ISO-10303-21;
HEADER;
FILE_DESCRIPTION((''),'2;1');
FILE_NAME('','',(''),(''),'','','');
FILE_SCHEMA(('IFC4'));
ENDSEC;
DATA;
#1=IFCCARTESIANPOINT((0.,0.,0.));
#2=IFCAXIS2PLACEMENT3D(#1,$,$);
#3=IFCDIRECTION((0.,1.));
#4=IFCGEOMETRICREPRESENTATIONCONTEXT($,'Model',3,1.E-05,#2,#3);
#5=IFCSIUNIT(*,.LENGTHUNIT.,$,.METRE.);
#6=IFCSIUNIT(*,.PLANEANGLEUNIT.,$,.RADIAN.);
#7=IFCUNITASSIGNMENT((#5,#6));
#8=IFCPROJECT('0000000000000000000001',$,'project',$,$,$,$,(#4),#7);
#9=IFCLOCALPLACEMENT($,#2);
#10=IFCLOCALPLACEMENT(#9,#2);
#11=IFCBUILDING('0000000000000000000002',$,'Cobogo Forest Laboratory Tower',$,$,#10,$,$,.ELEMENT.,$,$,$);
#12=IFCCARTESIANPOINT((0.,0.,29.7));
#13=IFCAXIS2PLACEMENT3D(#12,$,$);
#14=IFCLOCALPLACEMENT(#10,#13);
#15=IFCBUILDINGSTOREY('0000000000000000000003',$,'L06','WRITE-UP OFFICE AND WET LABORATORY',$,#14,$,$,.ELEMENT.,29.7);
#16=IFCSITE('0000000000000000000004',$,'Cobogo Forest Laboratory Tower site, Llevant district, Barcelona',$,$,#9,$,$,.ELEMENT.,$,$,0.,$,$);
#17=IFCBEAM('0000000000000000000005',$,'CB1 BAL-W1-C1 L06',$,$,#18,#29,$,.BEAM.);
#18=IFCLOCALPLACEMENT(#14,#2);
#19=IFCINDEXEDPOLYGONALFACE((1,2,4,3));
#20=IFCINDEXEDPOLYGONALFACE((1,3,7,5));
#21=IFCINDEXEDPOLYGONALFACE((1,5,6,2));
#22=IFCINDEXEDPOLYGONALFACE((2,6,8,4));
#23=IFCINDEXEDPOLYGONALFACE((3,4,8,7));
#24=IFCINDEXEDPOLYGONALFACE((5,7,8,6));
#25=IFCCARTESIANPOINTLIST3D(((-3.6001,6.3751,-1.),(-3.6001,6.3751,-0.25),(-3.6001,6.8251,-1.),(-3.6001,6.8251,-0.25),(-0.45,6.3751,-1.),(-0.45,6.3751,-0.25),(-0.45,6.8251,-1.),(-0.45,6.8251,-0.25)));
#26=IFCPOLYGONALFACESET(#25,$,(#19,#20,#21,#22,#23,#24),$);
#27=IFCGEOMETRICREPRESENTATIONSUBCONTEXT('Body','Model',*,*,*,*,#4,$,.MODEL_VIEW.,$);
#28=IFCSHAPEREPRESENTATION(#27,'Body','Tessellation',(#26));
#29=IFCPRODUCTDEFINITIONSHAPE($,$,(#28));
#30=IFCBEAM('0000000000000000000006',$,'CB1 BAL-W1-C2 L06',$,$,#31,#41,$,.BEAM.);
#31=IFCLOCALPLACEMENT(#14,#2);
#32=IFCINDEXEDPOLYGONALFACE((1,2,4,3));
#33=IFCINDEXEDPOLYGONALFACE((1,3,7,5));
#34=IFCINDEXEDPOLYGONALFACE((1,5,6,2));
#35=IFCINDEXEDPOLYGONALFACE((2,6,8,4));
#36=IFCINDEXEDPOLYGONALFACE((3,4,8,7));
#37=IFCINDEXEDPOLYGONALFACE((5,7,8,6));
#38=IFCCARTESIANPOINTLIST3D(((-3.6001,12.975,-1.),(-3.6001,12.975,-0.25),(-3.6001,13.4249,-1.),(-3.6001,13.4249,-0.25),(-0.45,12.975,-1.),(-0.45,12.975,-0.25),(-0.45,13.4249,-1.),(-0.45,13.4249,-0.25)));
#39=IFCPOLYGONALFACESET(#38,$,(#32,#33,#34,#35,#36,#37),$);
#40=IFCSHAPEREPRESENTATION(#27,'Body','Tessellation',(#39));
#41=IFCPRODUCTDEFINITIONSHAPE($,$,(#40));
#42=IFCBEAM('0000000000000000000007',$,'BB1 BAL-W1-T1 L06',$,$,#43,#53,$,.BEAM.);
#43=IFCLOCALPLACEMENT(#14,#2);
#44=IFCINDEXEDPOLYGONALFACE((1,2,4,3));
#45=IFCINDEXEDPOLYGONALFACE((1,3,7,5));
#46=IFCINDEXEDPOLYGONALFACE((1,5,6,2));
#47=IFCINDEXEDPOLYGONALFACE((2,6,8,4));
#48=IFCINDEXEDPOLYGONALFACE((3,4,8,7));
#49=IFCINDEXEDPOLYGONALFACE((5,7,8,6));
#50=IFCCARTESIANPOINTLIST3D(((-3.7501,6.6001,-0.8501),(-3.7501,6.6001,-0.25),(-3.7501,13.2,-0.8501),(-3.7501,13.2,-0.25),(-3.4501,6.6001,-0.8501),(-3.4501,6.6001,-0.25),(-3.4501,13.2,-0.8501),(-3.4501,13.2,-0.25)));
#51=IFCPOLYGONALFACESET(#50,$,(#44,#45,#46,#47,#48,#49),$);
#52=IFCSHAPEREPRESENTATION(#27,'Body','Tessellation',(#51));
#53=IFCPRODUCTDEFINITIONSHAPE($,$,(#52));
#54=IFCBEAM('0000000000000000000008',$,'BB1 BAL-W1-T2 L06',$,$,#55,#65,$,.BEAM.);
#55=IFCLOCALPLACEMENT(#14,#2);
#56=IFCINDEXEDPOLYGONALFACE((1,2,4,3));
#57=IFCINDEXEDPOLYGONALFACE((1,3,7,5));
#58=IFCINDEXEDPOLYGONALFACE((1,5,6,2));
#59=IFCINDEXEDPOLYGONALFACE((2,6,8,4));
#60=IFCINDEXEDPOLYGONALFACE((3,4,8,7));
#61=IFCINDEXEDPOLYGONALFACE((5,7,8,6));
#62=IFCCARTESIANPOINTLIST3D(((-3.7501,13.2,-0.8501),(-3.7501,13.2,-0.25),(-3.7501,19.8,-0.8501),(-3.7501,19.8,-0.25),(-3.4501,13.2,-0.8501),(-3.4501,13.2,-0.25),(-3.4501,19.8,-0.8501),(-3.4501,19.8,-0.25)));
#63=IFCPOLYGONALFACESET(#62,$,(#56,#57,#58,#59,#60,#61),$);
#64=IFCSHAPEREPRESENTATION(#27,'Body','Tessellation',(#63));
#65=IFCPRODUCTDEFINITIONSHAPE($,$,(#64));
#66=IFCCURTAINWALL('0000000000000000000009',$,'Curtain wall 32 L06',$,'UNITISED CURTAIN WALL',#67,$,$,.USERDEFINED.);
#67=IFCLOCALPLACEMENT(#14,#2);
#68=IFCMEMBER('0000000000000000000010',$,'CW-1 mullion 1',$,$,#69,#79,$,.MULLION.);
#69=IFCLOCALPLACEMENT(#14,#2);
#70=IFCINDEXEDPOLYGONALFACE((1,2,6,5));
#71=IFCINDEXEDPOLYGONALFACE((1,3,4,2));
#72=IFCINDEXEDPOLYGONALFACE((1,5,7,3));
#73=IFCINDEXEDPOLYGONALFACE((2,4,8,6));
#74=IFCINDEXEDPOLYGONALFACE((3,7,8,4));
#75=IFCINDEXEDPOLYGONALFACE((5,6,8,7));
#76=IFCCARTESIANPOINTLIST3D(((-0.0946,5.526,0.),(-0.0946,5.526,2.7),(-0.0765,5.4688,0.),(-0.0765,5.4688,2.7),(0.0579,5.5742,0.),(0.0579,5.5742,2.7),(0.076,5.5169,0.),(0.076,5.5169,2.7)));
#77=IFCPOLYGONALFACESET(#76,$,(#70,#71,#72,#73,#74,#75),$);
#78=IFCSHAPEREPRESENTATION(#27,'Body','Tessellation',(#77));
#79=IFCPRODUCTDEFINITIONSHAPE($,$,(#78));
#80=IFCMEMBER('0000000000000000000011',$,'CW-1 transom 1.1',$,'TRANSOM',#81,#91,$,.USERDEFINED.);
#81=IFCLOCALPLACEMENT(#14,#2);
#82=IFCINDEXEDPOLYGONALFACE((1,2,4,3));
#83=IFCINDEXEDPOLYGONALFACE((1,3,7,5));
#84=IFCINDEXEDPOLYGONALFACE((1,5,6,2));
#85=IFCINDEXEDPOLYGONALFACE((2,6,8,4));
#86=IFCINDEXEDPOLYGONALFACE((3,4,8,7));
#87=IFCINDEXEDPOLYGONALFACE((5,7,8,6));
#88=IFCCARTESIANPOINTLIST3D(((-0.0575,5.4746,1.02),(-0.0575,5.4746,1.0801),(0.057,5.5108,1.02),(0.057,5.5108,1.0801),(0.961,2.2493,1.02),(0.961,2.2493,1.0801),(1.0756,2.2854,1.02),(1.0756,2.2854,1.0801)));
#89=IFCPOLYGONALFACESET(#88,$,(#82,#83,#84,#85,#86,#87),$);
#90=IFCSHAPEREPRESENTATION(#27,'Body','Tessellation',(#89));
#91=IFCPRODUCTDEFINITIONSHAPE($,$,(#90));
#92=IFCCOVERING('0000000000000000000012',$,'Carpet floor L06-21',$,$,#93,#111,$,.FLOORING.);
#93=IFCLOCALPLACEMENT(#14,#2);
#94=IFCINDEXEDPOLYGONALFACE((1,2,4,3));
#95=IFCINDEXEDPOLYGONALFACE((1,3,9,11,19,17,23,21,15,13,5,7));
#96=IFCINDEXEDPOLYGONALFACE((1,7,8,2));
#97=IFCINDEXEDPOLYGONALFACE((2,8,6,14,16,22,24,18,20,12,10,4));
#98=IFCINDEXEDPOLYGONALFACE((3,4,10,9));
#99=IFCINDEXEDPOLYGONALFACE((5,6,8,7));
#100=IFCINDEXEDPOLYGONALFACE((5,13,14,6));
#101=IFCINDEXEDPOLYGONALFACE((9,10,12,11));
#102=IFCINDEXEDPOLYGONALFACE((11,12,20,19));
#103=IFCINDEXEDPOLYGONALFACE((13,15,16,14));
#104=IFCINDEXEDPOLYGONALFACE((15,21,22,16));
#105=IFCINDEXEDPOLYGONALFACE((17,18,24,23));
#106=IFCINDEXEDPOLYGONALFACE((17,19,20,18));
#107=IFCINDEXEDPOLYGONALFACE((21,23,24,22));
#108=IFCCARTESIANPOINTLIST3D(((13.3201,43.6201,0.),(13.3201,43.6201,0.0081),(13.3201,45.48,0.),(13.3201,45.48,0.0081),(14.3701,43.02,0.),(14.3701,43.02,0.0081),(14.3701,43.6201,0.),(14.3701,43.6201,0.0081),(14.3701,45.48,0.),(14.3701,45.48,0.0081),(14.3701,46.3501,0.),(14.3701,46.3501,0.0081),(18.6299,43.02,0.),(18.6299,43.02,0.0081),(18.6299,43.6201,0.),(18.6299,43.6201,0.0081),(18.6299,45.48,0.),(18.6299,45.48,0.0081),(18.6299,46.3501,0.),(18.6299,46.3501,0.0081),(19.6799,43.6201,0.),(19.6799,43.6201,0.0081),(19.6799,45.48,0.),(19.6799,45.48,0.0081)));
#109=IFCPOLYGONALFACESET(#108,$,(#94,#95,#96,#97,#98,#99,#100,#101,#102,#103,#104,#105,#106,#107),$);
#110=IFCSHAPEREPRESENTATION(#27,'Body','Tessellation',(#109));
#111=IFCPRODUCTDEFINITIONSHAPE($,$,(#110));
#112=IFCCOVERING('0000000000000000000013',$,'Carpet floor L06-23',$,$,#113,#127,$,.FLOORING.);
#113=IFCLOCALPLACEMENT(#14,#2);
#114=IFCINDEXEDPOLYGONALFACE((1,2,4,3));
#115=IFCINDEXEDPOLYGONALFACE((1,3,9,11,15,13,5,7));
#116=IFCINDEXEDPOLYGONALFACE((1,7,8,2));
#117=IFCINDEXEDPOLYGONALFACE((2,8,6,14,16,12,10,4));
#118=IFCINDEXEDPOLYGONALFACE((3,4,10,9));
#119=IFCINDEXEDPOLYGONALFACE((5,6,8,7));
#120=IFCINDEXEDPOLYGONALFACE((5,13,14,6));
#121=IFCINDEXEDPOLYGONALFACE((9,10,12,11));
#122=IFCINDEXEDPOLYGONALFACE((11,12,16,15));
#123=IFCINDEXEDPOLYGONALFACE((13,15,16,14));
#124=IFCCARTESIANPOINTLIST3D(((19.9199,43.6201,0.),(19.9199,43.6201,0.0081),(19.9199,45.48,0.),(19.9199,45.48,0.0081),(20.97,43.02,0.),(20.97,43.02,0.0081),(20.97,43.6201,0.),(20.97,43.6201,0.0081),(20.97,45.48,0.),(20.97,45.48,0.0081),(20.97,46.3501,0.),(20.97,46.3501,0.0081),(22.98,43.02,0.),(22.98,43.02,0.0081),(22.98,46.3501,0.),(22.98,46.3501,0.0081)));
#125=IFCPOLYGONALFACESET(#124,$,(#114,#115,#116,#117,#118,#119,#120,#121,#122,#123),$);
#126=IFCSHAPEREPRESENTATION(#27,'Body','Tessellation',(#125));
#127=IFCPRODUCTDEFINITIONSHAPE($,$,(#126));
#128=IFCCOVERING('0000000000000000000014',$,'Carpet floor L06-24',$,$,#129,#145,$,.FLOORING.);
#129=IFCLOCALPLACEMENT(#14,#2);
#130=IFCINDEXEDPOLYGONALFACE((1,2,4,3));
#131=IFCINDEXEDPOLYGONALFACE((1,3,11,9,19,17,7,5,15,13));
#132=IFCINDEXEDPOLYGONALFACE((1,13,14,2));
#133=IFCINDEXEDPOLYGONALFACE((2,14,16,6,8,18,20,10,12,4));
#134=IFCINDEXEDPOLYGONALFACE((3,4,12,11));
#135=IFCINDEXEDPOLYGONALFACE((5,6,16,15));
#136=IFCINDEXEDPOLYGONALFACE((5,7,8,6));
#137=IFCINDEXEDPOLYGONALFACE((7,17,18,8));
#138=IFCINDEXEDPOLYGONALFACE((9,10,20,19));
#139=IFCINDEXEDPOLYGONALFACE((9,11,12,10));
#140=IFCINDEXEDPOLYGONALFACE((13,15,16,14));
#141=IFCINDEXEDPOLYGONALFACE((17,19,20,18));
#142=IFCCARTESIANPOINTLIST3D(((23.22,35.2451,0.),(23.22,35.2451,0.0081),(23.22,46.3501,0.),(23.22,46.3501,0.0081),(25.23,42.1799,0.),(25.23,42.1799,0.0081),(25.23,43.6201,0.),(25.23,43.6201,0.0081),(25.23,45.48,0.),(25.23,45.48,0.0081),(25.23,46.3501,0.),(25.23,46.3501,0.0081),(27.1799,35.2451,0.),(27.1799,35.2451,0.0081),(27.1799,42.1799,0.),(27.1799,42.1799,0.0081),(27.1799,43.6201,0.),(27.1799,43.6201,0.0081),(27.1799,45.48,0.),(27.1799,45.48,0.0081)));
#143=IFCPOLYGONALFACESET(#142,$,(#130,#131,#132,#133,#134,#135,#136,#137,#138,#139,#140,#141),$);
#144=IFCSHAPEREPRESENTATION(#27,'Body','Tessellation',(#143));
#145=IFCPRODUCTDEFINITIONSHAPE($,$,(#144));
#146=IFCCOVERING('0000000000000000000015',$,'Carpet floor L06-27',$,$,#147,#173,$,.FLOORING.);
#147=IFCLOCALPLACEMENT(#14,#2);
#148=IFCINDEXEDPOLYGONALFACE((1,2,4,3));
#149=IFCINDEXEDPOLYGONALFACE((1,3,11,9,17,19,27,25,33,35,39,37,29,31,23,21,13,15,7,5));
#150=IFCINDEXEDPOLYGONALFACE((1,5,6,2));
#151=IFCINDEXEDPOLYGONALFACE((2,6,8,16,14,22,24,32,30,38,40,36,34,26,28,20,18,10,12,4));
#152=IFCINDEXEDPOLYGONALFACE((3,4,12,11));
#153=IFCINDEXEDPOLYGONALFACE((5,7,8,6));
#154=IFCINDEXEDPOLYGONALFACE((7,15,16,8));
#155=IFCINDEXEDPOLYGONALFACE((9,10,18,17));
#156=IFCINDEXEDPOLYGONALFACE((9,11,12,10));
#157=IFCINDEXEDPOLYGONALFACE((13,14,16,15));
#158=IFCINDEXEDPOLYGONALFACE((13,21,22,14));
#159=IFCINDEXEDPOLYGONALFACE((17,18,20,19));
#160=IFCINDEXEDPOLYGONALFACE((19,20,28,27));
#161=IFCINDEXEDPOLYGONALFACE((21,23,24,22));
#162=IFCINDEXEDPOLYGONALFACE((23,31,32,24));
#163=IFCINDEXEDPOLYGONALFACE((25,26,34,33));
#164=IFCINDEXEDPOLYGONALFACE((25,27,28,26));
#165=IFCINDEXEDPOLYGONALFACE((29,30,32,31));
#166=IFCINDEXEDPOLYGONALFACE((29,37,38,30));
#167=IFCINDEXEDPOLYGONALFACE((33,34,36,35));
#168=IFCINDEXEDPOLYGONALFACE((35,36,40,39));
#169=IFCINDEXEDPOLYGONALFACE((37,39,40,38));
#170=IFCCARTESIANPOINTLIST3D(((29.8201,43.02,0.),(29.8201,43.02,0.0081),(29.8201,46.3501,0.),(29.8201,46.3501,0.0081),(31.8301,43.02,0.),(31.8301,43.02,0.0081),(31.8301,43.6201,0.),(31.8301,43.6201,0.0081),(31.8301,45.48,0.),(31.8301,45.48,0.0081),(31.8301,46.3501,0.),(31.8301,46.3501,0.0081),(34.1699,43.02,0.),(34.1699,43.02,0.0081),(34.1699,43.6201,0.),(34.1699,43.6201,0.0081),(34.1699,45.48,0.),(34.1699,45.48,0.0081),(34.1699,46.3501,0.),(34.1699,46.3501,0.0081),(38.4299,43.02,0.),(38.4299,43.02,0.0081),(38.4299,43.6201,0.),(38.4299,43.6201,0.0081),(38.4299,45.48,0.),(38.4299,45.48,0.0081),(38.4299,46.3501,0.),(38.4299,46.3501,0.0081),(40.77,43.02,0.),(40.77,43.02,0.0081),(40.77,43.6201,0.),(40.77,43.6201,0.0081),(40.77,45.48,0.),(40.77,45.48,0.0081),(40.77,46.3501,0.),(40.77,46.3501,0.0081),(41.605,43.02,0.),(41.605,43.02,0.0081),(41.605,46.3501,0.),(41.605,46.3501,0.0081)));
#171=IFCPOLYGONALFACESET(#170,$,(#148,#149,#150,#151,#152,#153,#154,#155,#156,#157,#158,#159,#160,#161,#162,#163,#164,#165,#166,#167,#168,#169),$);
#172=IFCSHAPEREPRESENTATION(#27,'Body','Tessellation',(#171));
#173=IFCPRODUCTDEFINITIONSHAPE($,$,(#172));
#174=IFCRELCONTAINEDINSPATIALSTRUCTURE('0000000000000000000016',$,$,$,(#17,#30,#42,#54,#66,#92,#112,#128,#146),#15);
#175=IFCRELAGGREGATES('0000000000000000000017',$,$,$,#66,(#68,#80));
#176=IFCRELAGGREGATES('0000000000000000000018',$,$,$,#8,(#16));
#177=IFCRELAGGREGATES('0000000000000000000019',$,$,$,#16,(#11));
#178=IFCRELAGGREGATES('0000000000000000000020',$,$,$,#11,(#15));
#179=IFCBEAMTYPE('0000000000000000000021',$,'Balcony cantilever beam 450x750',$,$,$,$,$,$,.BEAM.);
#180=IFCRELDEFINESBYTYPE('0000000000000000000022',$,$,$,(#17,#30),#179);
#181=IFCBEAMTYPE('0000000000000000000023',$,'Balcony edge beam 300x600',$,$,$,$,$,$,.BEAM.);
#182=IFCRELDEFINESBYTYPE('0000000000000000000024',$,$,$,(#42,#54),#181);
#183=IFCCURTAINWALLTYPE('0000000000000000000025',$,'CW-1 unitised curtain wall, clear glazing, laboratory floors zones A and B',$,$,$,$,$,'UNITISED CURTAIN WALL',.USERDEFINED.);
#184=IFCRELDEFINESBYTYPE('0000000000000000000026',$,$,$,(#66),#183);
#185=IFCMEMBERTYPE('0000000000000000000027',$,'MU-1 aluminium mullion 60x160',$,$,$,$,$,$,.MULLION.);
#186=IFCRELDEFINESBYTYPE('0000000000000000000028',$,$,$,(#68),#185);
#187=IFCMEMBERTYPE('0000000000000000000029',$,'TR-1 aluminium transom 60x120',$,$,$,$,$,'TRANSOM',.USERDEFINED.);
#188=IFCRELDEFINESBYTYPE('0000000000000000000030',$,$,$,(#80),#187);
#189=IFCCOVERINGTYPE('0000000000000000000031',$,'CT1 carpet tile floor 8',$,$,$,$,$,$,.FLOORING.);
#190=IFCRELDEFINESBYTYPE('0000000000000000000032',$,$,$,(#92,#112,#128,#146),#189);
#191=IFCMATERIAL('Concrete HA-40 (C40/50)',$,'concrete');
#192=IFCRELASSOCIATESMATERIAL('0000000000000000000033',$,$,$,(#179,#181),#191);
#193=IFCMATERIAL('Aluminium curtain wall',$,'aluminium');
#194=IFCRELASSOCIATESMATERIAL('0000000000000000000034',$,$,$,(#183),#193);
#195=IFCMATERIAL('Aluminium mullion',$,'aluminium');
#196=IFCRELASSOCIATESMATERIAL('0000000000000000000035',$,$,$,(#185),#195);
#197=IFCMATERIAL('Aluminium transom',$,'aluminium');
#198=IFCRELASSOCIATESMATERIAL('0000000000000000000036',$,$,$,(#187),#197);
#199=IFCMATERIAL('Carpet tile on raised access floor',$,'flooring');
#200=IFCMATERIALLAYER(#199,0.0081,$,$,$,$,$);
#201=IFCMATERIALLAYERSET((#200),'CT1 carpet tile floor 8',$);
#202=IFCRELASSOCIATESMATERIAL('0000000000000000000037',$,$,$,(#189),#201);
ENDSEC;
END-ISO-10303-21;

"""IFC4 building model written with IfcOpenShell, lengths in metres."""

from ifc_helpers import new_model, si_unit, direction, frame, origin, origin_2d, place, context, subcontext, project, spatial, polyline, rectangle, outline, extrude, material, layer, layer_set, material_profile, profile_set, type_object, element, aggregate, save


model = new_model("IFC4")

# Units and contexts
model_context = context("Model", 3, precision=1e-05, world=origin(), true_north=direction((0.0, 1.0)))
body_context = subcontext(model_context, "Body", "Model", "MODEL_VIEW")
ifc_project = project(units=[si_unit("LENGTHUNIT", "METRE"), si_unit("PLANEANGLEUNIT", "RADIAN")], contexts=[model_context])

# Site, building, storey
site_placement = place(None, origin())
site = spatial("IfcSite", under=ifc_project, at=site_placement, Name="Cobogo Forest Laboratory Tower site, Llevant district, Barcelona", CompositionType="ELEMENT", RefElevation=0.0)
building_placement = place(site_placement, origin())
building = spatial("IfcBuilding", under=site, at=building_placement, Name="Cobogo Forest Laboratory Tower", CompositionType="ELEMENT")
storey_placement = place(building_placement, frame((0.0, 0.0, 29.7)))
storey = spatial("IfcBuildingStorey", under=building, at=storey_placement, Name="L06", Description="WRITE-UP OFFICE AND WET LABORATORY", CompositionType="ELEMENT", Elevation=29.7)

# Beams
ifc_material_1 = material(Name="Concrete HA-40 (C40/50)", Category="concrete")
ifc_material_profile_1 = material_profile(ifc_material_1, rectangle(XDim=0.45, YDim=0.75, at=origin_2d()), Name="RC 450x750")
ifc_profile_set_1 = profile_set([ifc_material_profile_1], Name="Concrete HA-40 (C40/50)")
beam_type_1 = type_object("IfcBeamType", Name="Balcony cantilever beam 450x750", PredefinedType="BEAM", material=ifc_profile_set_1)
for number, where, z_axis, x_axis, name in (
    (1, (-0.45, 6.6001, -0.625), (-1.0, 0.0, 0.0), (0.0, -1.0, 0.0), "CB1 BAL-W1-C1 L06"),
    (2, (-0.45, 13.2, -0.625), (-1.0, 0.0, 0.0), (0.0, -1.0, 0.0), "CB1 BAL-W1-C2 L06"),
):
    element("IfcBeam", number, at=place(storey_placement, frame(where, z_axis=z_axis, x_axis=x_axis)), inside=storey, type_object=beam_type_1, Name=name, PredefinedType="BEAM", context=body_context, shape_type="SweptSolid", body=[
        extrude(rectangle(XDim=0.45, YDim=0.75, at=origin_2d()), origin(), (0.0, 0.0, 1.0), 3.1501),
    ])
ifc_material_profile_2 = material_profile(ifc_material_1, rectangle(XDim=0.3, YDim=0.6001, at=origin_2d()), Name="RC 300x600")
ifc_profile_set_2 = profile_set([ifc_material_profile_2], Name="Concrete HA-40 (C40/50)")
beam_type_2 = type_object("IfcBeamType", Name="Balcony edge beam 300x600", PredefinedType="BEAM", material=ifc_profile_set_2)
beam_1_placement = place(storey_placement, frame((-3.6001, 6.6001, -0.55), z_axis=(0.0, 1.0, 0.0), x_axis=(-1.0, 0.0, 0.0)))
element("IfcBeam", 3, at=beam_1_placement, inside=storey, type_object=beam_type_2, Name="BB1 BAL-W1-T1 L06", PredefinedType="BEAM", context=body_context, shape_type="SweptSolid", body=[
    extrude(rectangle(XDim=0.3, YDim=0.6001, at=origin_2d()), origin(), (0.0, 0.0, 1.0), 6.5999),
])
beam_2_placement = place(storey_placement, frame((-3.6001, 13.2, -0.55), z_axis=(0.0, 1.0, 0.0), x_axis=(-1.0, 0.0, 0.0)))
element("IfcBeam", 4, at=beam_2_placement, inside=storey, type_object=beam_type_2, Name="BB1 BAL-W1-T2 L06", PredefinedType="BEAM", context=body_context, shape_type="SweptSolid", body=[
    extrude(rectangle(XDim=0.3, YDim=0.6001, at=origin_2d()), origin(), (0.0, 0.0, 1.0), 6.6001),
])

# Curtain wall, members
ifc_material_2 = material(Name="Aluminium curtain wall", Category="aluminium")
curtain_wall_type = type_object("IfcCurtainWallType", Name="CW-1 unitised curtain wall, clear glazing, laboratory floors zones A and B", ElementType="UNITISED CURTAIN WALL", PredefinedType="USERDEFINED", material=ifc_material_2)
curtain_wall_placement = place(storey_placement, origin())
curtain_wall = element("IfcCurtainWall", 5, at=curtain_wall_placement, inside=storey, type_object=curtain_wall_type, Name="Curtain wall 32 L06", ObjectType="UNITISED CURTAIN WALL", PredefinedType="USERDEFINED")
ifc_material_3 = material(Name="Aluminium mullion", Category="aluminium")
ifc_material_profile_3 = material_profile(ifc_material_3, rectangle(XDim=0.0601, YDim=0.1599, at=origin_2d()), Name="AL 60x160")
ifc_profile_set_3 = profile_set([ifc_material_profile_3], Name="Aluminium mullion")
member_type_1 = type_object("IfcMemberType", Name="MU-1 aluminium mullion 60x160", PredefinedType="MULLION", material=ifc_profile_set_3)
member_1_placement = place(storey_placement, frame((-0.0093, 5.5215, 0.0), z_axis=(0.0, 0.0, 1.0), x_axis=(0.301135, -0.953581, 0.0)))
member_1 = element("IfcMember", 6, at=member_1_placement, type_object=member_type_1, Name="CW-1 mullion 1", PredefinedType="MULLION", context=body_context, shape_type="SweptSolid", body=[
    extrude(rectangle(XDim=0.0601, YDim=0.1599, at=origin_2d()), origin(), (0.0, 0.0, 1.0), 2.7),
])
ifc_material_4 = material(Name="Aluminium transom", Category="aluminium")
ifc_material_profile_4 = material_profile(ifc_material_4, rectangle(XDim=0.1201, YDim=0.0601, at=origin_2d()), Name="AL 60x120")
ifc_profile_set_4 = profile_set([ifc_material_profile_4], Name="Aluminium transom")
member_type_2 = type_object("IfcMemberType", Name="TR-1 aluminium transom 60x120", ElementType="TRANSOM", PredefinedType="USERDEFINED", material=ifc_profile_set_4)
member_2_placement = place(storey_placement, frame((-0.0002, 5.4927, 1.05), z_axis=(0.301138, -0.95358, 0.0), x_axis=(0.95358, 0.301138, 0.0)))
member_2 = element("IfcMember", 7, at=member_2_placement, type_object=member_type_2, Name="CW-1 transom 1.1", ObjectType="TRANSOM", PredefinedType="USERDEFINED", context=body_context, shape_type="SweptSolid", body=[
    extrude(rectangle(XDim=0.1201, YDim=0.0601, at=origin_2d()), origin(), (0.0, 0.0, 1.0), 3.3823),
])
aggregate(curtain_wall, [member_1, member_2])

# Coverings
ifc_material_5 = material(Name="Carpet tile on raised access floor", Category="flooring")
ifc_layer_1 = layer(ifc_material_5, 0.0081)
ifc_layer_set_1 = layer_set([ifc_layer_1], Name="CT1 carpet tile floor 8")
covering_type_1 = type_object("IfcCoveringType", Name="CT1 carpet tile floor 8", PredefinedType="FLOORING", material=ifc_layer_set_1)
covering_1_placement = place(storey_placement, origin())
element("IfcCovering", 8, at=covering_1_placement, inside=storey, type_object=covering_type_1, Name="Carpet floor L06-21", PredefinedType="FLOORING", context=body_context, shape_type="SweptSolid", body=[
    extrude(outline(polyline([(14.3701, 43.02), (14.3701, 43.6201), (13.3201, 43.6201), (13.3201, 45.48), (14.3701, 45.48), (14.3701, 46.3501), (18.6299, 46.3501), (18.6299, 45.48), (19.6799, 45.48), (19.6799, 43.6201), (18.6299, 43.6201), (18.6299, 43.02), (14.3701, 43.02)])), origin(), (0.0, 0.0, 1.0), 0.0081),
])
covering_2_placement = place(storey_placement, origin())
element("IfcCovering", 9, at=covering_2_placement, inside=storey, type_object=covering_type_1, Name="Carpet floor L06-23", PredefinedType="FLOORING", context=body_context, shape_type="SweptSolid", body=[
    extrude(outline(polyline([(20.97, 43.02), (20.97, 43.6201), (19.9199, 43.6201), (19.9199, 45.48), (20.97, 45.48), (20.97, 46.3501), (22.98, 46.3501), (22.98, 43.02), (20.97, 43.02)])), origin(), (0.0, 0.0, 1.0), 0.0081),
])
covering_3_placement = place(storey_placement, origin())
element("IfcCovering", 10, at=covering_3_placement, inside=storey, type_object=covering_type_1, Name="Carpet floor L06-24", PredefinedType="FLOORING", context=body_context, shape_type="SweptSolid", body=[
    extrude(outline(polyline([(23.22, 35.2451), (23.22, 46.3501), (25.23, 46.3501), (25.23, 45.48), (27.1799, 45.48), (27.1799, 43.6201), (25.23, 43.6201), (25.23, 42.1799), (27.1799, 42.1799), (27.1799, 35.2451), (23.22, 35.2451)])), origin(), (0.0, 0.0, 1.0), 0.0081),
])
covering_4_placement = place(storey_placement, origin())
element("IfcCovering", 11, at=covering_4_placement, inside=storey, type_object=covering_type_1, Name="Carpet floor L06-27", PredefinedType="FLOORING", context=body_context, shape_type="SweptSolid", body=[
    extrude(outline(polyline([(40.77, 43.02), (40.77, 43.6201), (38.4299, 43.6201), (38.4299, 43.02), (34.1699, 43.02), (34.1699, 43.6201), (31.8301, 43.6201), (31.8301, 43.02), (29.8201, 43.02), (29.8201, 46.3501), (31.8301, 46.3501), (31.8301, 45.48), (34.1699, 45.48), (34.1699, 46.3501), (38.4299, 46.3501), (38.4299, 45.48), (40.77, 45.48), (40.77, 46.3501), (41.605, 46.3501), (41.605, 43.02), (40.77, 43.02)])), origin(), (0.0, 0.0, 1.0), 0.0081),
])

save(model, "model.ifc")
